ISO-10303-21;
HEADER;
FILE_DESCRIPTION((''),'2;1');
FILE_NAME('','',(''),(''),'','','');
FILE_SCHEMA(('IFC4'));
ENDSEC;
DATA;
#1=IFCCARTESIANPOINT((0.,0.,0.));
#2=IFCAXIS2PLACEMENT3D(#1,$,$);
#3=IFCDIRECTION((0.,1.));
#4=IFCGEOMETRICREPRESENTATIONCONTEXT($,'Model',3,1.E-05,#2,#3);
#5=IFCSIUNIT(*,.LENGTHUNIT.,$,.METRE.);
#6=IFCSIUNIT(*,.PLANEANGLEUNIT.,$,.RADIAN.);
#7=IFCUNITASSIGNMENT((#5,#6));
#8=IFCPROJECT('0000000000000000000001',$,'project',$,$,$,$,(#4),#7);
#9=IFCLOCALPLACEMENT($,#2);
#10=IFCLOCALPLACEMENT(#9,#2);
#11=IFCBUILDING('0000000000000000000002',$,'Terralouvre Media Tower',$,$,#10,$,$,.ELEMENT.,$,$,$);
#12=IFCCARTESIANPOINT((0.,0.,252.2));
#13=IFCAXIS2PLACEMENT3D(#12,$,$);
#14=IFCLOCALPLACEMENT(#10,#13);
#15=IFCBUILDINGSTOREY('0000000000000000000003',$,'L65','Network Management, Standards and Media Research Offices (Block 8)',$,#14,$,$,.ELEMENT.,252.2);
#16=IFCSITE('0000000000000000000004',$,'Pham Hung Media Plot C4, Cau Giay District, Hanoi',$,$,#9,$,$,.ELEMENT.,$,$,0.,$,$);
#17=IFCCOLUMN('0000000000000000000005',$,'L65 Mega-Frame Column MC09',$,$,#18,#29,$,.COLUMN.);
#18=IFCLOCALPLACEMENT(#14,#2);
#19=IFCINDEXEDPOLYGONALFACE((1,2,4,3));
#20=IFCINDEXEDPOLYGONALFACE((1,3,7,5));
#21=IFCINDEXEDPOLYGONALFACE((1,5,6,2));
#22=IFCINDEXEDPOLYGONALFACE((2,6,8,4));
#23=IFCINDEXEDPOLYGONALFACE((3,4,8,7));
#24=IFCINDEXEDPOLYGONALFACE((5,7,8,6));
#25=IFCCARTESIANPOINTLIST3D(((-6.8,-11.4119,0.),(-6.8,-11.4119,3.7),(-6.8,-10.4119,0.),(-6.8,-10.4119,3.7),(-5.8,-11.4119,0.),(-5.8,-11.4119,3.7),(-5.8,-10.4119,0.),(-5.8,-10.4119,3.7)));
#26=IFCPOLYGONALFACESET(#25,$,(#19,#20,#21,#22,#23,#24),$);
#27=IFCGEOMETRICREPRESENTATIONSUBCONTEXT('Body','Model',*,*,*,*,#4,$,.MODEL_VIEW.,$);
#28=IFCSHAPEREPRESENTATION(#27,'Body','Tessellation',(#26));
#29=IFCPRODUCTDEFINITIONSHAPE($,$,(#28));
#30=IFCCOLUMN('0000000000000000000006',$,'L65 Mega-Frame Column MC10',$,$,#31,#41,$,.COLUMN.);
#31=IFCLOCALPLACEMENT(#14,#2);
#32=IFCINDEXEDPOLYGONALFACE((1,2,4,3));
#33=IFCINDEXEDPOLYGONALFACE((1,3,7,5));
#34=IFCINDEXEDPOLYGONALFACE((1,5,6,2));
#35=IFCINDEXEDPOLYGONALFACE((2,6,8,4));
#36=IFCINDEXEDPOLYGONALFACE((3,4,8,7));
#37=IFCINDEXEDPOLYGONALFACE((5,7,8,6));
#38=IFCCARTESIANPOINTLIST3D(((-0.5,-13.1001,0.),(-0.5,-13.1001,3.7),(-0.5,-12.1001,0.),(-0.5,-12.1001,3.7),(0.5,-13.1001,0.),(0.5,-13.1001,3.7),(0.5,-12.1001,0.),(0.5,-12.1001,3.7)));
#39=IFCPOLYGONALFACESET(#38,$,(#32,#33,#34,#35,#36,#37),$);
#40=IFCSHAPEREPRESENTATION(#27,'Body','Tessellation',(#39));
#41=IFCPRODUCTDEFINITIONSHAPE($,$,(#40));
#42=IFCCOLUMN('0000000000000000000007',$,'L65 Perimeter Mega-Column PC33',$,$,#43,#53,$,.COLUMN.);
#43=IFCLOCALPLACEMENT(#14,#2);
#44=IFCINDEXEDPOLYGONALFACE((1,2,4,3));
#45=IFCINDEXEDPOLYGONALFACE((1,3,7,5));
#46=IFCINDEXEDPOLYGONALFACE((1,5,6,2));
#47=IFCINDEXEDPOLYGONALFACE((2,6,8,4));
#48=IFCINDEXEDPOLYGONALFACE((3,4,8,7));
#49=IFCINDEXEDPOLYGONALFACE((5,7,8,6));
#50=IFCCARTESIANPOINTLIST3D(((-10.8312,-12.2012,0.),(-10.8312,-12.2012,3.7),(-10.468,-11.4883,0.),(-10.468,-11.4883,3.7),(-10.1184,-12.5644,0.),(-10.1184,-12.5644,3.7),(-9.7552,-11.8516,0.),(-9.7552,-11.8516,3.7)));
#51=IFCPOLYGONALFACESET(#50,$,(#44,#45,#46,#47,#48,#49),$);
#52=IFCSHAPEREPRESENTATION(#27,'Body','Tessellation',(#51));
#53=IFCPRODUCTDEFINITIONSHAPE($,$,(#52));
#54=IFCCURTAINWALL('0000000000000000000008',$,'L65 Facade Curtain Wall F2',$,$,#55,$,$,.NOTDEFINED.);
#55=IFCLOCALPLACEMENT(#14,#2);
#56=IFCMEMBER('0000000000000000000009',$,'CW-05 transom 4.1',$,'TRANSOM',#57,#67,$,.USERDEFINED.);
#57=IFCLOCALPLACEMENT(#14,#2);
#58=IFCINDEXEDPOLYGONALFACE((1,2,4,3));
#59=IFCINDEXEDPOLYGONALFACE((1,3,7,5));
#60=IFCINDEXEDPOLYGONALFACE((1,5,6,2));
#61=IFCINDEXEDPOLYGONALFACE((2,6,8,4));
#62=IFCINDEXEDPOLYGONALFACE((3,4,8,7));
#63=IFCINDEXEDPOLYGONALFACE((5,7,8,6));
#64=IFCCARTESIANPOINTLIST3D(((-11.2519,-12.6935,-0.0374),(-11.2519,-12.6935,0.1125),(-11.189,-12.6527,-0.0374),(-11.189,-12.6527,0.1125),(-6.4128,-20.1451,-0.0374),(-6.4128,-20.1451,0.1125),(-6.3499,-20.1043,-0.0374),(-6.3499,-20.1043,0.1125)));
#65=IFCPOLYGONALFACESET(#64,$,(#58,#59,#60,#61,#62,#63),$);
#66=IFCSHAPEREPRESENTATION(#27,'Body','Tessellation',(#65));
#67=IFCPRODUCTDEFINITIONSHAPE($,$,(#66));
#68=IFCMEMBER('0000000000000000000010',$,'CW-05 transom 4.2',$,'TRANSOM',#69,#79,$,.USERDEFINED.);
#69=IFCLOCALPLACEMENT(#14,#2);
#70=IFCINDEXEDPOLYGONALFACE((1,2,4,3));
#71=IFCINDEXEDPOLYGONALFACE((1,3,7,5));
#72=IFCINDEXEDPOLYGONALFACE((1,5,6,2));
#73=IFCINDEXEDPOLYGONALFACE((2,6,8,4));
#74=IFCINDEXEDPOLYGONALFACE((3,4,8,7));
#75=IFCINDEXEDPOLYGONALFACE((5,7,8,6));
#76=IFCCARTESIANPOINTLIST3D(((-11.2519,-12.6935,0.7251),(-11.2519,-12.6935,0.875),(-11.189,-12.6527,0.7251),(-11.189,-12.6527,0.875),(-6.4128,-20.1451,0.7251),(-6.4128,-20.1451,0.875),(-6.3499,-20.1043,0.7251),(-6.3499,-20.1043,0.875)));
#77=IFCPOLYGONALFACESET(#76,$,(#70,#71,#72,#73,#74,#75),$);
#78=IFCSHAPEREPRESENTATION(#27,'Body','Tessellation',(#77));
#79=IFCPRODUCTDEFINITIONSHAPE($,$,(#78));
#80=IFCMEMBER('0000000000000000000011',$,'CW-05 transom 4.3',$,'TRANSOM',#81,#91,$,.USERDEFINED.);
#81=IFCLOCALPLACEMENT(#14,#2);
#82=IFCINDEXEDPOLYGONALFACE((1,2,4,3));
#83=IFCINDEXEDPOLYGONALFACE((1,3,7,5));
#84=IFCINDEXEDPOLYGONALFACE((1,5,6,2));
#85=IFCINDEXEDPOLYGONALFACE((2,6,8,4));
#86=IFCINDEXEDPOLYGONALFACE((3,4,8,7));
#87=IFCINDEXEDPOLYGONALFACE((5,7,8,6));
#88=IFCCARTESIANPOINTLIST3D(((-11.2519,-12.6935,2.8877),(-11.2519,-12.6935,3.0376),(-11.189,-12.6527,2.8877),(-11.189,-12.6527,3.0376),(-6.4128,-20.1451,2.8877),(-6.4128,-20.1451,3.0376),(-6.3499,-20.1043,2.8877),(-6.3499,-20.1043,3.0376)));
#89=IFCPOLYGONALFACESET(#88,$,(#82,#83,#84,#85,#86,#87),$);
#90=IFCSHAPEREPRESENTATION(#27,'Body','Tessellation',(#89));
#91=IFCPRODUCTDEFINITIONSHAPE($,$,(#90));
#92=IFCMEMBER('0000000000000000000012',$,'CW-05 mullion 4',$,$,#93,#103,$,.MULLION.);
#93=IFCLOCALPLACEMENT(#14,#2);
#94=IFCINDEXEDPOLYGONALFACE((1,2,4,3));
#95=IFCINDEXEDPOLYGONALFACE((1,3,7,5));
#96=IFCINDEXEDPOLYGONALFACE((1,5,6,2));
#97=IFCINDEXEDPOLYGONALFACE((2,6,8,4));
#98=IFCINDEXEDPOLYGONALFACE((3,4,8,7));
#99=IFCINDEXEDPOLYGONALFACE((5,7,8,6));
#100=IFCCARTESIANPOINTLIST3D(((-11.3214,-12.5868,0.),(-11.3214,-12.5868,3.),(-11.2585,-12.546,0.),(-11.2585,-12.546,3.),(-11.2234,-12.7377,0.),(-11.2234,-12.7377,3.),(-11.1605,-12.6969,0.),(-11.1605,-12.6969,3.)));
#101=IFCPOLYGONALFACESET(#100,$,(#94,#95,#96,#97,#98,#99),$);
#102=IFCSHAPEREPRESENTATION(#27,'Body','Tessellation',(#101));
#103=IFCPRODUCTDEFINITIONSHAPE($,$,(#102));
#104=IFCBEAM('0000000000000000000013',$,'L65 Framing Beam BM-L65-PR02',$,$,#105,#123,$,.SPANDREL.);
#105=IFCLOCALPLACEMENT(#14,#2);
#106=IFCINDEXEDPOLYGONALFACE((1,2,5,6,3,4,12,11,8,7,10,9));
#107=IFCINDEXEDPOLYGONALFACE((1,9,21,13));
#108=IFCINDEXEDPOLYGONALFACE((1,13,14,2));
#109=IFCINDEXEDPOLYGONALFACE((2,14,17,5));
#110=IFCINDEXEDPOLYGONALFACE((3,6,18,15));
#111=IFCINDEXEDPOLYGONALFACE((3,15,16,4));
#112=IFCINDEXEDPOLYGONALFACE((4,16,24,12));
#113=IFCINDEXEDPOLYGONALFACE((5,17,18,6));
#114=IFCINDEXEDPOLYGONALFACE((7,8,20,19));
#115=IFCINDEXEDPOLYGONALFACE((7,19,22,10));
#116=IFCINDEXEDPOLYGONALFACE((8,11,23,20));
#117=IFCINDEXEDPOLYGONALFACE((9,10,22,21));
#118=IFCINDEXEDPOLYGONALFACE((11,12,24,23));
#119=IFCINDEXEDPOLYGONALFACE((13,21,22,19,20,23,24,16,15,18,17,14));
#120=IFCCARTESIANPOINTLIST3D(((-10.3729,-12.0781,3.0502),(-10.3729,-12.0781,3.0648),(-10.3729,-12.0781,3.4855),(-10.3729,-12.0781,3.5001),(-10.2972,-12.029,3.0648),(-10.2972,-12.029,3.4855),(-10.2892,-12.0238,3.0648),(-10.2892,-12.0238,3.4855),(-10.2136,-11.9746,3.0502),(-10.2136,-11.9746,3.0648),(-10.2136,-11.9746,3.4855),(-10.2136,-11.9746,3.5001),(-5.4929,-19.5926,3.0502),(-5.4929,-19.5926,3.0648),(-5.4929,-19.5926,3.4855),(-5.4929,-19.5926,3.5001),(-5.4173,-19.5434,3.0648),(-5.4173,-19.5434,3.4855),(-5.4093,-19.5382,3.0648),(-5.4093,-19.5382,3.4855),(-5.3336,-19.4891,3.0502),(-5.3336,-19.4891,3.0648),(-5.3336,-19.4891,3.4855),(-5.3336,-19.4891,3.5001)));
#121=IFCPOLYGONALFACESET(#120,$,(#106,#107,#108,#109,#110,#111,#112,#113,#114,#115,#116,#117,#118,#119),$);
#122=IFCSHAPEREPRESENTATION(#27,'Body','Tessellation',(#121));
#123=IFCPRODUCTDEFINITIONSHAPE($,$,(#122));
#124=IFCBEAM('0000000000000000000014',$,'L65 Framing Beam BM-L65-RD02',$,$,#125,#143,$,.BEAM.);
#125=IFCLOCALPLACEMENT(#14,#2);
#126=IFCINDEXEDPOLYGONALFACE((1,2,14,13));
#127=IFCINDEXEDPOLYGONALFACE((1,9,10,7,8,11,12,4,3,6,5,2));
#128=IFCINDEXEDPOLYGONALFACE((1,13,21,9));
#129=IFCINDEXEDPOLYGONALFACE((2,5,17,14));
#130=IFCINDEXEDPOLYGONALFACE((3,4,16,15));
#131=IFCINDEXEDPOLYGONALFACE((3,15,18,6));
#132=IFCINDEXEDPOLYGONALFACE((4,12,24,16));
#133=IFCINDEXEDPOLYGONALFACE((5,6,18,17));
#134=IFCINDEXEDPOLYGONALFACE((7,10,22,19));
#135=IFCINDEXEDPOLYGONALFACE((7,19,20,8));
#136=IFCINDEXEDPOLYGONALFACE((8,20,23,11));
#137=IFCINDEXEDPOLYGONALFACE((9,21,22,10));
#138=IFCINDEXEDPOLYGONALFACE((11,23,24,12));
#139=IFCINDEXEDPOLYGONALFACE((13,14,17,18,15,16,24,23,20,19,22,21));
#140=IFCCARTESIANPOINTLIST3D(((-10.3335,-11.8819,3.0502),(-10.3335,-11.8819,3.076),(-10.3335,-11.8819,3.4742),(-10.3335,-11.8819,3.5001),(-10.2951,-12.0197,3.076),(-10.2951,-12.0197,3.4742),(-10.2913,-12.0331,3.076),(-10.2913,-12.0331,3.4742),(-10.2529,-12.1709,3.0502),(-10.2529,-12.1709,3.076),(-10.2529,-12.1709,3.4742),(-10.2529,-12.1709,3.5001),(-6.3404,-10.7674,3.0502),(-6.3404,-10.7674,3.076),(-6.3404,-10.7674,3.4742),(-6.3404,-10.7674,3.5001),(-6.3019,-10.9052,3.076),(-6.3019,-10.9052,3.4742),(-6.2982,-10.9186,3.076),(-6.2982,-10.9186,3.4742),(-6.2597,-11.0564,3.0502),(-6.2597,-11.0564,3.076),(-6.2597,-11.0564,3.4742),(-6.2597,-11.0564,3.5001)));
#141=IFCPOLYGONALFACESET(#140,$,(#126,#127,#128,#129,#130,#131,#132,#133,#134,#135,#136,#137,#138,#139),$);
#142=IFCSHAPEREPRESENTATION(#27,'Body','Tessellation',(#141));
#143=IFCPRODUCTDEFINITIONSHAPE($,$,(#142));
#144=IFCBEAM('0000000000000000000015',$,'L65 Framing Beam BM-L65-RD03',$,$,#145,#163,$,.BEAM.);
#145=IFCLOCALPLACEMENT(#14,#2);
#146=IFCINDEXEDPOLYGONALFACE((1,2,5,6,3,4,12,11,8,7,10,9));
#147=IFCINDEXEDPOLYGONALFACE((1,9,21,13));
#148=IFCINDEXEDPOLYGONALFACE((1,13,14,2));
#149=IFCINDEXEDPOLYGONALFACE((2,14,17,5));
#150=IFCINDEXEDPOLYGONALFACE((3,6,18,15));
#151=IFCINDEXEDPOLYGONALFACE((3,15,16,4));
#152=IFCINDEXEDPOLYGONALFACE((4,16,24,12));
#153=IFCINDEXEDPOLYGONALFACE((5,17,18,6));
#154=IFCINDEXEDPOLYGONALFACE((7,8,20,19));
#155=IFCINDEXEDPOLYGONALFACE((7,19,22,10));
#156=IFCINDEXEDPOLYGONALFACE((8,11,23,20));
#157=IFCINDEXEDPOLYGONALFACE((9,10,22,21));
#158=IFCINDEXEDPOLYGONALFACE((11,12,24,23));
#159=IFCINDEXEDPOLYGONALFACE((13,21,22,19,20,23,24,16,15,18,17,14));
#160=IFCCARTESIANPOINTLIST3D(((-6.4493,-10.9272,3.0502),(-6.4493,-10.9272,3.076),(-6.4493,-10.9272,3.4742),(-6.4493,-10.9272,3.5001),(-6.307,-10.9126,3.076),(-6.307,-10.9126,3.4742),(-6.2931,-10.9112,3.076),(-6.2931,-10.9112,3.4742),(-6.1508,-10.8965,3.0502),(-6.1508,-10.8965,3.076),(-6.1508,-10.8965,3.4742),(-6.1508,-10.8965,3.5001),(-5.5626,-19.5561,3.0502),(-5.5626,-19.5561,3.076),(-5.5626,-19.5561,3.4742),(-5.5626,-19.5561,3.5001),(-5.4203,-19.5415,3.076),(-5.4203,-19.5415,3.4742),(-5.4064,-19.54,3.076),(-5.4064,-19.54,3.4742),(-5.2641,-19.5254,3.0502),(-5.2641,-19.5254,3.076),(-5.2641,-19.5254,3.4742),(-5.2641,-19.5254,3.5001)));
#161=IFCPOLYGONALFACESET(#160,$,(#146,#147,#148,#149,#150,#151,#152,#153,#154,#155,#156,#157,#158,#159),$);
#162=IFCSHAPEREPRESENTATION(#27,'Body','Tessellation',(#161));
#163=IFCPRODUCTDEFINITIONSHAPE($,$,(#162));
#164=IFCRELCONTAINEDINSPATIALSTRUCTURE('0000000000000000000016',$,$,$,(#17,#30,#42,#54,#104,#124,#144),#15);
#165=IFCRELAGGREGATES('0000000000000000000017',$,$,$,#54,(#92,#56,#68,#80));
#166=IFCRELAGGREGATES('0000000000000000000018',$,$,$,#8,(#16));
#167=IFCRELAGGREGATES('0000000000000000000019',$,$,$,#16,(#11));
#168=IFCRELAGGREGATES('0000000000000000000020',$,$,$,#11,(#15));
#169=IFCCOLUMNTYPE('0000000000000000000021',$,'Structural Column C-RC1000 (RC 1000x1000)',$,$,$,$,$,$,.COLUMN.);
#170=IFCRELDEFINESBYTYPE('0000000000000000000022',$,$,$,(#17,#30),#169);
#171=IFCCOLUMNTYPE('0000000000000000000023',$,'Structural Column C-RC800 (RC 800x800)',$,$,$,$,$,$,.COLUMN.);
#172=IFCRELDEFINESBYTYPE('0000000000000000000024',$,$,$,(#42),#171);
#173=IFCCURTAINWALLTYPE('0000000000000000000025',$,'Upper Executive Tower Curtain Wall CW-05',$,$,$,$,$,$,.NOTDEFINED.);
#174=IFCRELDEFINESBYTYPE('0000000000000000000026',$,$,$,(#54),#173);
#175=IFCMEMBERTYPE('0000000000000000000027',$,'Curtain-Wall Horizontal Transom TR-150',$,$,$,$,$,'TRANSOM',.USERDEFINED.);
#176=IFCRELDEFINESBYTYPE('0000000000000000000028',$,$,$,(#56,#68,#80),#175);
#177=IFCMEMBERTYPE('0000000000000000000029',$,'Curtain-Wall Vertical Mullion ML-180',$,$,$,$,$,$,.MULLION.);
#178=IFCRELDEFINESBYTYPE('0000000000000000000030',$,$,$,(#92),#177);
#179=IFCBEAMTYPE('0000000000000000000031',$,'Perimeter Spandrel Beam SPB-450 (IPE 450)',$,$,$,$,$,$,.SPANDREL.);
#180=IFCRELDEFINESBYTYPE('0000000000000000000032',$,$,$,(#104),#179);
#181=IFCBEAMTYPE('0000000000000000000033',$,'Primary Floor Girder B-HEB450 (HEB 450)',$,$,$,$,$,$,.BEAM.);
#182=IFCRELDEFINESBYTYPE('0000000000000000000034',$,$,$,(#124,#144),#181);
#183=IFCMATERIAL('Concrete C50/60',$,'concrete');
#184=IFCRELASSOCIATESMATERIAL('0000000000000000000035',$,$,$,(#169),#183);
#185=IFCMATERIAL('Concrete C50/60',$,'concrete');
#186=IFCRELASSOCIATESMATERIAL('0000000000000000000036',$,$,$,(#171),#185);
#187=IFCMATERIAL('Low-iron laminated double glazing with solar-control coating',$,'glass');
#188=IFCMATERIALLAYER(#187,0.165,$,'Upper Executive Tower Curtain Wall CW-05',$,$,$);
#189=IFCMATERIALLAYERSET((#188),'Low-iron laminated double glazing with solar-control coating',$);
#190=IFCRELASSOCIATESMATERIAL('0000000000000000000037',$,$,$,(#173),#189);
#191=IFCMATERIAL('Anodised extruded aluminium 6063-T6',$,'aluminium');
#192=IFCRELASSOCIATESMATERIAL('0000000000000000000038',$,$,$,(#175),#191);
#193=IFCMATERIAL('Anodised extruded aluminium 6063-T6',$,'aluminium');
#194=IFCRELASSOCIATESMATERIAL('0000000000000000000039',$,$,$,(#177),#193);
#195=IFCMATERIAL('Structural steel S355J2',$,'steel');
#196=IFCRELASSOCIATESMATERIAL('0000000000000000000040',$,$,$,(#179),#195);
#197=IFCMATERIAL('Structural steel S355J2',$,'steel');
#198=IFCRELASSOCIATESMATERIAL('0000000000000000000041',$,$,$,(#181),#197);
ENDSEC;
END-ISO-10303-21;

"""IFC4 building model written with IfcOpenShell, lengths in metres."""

from ifc_helpers import new_model, si_unit, direction, frame, origin, origin_2d, place, context, subcontext, project, spatial, rectangle, i_section, extrude, material, layer, layer_set, material_profile, profile_set, type_object, element, aggregate, save


model = new_model("IFC4")

# Units and contexts
model_context = context("Model", 3, precision=1e-05, world=origin(), true_north=direction((0.0, 1.0)))
body_context = subcontext(model_context, "Body", "Model", "MODEL_VIEW")
ifc_project = project(units=[si_unit("LENGTHUNIT", "METRE"), si_unit("PLANEANGLEUNIT", "RADIAN")], contexts=[model_context])

# Site, building, storey
site_placement = place(None, origin())
site = spatial("IfcSite", under=ifc_project, at=site_placement, Name="Pham Hung Media Plot C4, Cau Giay District, Hanoi", CompositionType="ELEMENT", RefElevation=0.0)
building_placement = place(site_placement, origin())
building = spatial("IfcBuilding", under=site, at=building_placement, Name="Terralouvre Media Tower", CompositionType="ELEMENT")
storey_placement = place(building_placement, frame((0.0, 0.0, 252.2)))
storey = spatial("IfcBuildingStorey", under=building, at=storey_placement, Name="L65", Description="Network Management, Standards and Media Research Offices (Block 8)", CompositionType="ELEMENT", Elevation=252.2)

# Columns
ifc_material_1 = material(Name="Concrete C50/60", Category="concrete")
ifc_material_profile_1 = material_profile(ifc_material_1, rectangle(XDim=1.0, YDim=1.0, at=origin_2d()), Name="RC 1000x1000")
ifc_profile_set_1 = profile_set([ifc_material_profile_1], Name="Concrete C50/60")
column_type_1 = type_object("IfcColumnType", Name="Structural Column C-RC1000 (RC 1000x1000)", PredefinedType="COLUMN", material=ifc_profile_set_1)
for number, where, z_axis, x_axis, name in (
    (1, (-6.3, -10.9119, 0.0), (0.0, 0.0, 1.0), (1.0, 0.0, 0.0), "L65 Mega-Frame Column MC09"),
    (2, (0.0, -12.6001, 0.0), (0.0, 0.0, 1.0), (1.0, 0.0, 0.0), "L65 Mega-Frame Column MC10"),
):
    element("IfcColumn", number, at=place(storey_placement, frame(where, z_axis=z_axis, x_axis=x_axis)), inside=storey, type_object=column_type_1, Name=name, PredefinedType="COLUMN", context=body_context, shape_type="SweptSolid", body=[
        extrude(rectangle(XDim=1.0, YDim=1.0, at=origin_2d()), origin(), (0.0, 0.0, 1.0), 3.7),
    ])
ifc_material_2 = material(Name="Concrete C50/60", Category="concrete")
ifc_material_profile_2 = material_profile(ifc_material_2, rectangle(XDim=0.8, YDim=0.8, at=origin_2d()), Name="RC 800x800")
ifc_profile_set_2 = profile_set([ifc_material_profile_2], Name="Concrete C50/60")
column_type_2 = type_object("IfcColumnType", Name="Structural Column C-RC800 (RC 800x800)", PredefinedType="COLUMN", material=ifc_profile_set_2)
column_placement = place(storey_placement, frame((-10.2932, -12.0264, 0.0), z_axis=(0.0, 0.0, 1.0), x_axis=(0.45399, 0.891007, 0.0)))
element("IfcColumn", 3, at=column_placement, inside=storey, type_object=column_type_2, Name="L65 Perimeter Mega-Column PC33", PredefinedType="COLUMN", context=body_context, shape_type="SweptSolid", body=[
    extrude(rectangle(XDim=0.8, YDim=0.8, at=origin_2d()), origin(), (0.0, 0.0, 1.0), 3.7),
])

# Curtain wall, members
ifc_material_3 = material(Name="Low-iron laminated double glazing with solar-control coating", Category="glass")
ifc_layer_1 = layer(ifc_material_3, 0.165, Name="Upper Executive Tower Curtain Wall CW-05")
ifc_layer_set_1 = layer_set([ifc_layer_1], Name="Low-iron laminated double glazing with solar-control coating")
curtain_wall_type = type_object("IfcCurtainWallType", Name="Upper Executive Tower Curtain Wall CW-05", PredefinedType="NOTDEFINED", material=ifc_layer_set_1)
curtain_wall_placement = place(storey_placement, origin())
curtain_wall = element("IfcCurtainWall", 4, at=curtain_wall_placement, inside=storey, type_object=curtain_wall_type, Name="L65 Facade Curtain Wall F2", PredefinedType="NOTDEFINED")
ifc_material_4 = material(Name="Anodised extruded aluminium 6063-T6", Category="aluminium")
ifc_material_profile_3 = material_profile(ifc_material_4, rectangle(XDim=0.075, YDim=0.1499, at=origin_2d()), Name="ALU 75x150")
ifc_profile_set_3 = profile_set([ifc_material_profile_3], Name="Anodised extruded aluminium 6063-T6")
member_type_1 = type_object("IfcMemberType", Name="Curtain-Wall Horizontal Transom TR-150", ElementType="TRANSOM", PredefinedType="USERDEFINED", material=ifc_profile_set_3)
member_1_placement = place(storey_placement, frame((-11.2205, -12.6731, 0.0376), z_axis=(0.544635, -0.838673, 0.0), x_axis=(0.838673, 0.544635, 0.0)))
member_1 = element("IfcMember", 5, at=member_1_placement, type_object=member_type_1, Name="CW-05 transom 4.1", ObjectType="TRANSOM", PredefinedType="USERDEFINED", context=body_context, shape_type="SweptSolid", body=[
    extrude(rectangle(XDim=0.075, YDim=0.1499, at=origin_2d()), origin(), (0.0, 0.0, 1.0), 8.885),
])
member_2_placement = place(storey_placement, frame((-11.2205, -12.6731, 0.8), z_axis=(0.544635, -0.838673, 0.0), x_axis=(0.838673, 0.544635, 0.0)))
member_2 = element("IfcMember", 6, at=member_2_placement, type_object=member_type_1, Name="CW-05 transom 4.2", ObjectType="TRANSOM", PredefinedType="USERDEFINED", context=body_context, shape_type="SweptSolid", body=[
    extrude(rectangle(XDim=0.075, YDim=0.1499, at=origin_2d()), origin(), (0.0, 0.0, 1.0), 8.885),
])
member_3_placement = place(storey_placement, frame((-11.2205, -12.6731, 2.9626), z_axis=(0.544635, -0.838673, 0.0), x_axis=(0.838673, 0.544635, 0.0)))
member_3 = element("IfcMember", 7, at=member_3_placement, type_object=member_type_1, Name="CW-05 transom 4.3", ObjectType="TRANSOM", PredefinedType="USERDEFINED", context=body_context, shape_type="SweptSolid", body=[
    extrude(rectangle(XDim=0.075, YDim=0.1499, at=origin_2d()), origin(), (0.0, 0.0, 1.0), 8.885),
])
ifc_material_5 = material(Name="Anodised extruded aluminium 6063-T6", Category="aluminium")
ifc_material_profile_4 = material_profile(ifc_material_5, rectangle(XDim=0.075, YDim=0.1799, at=origin_2d()), Name="ALU 75x180")
ifc_profile_set_4 = profile_set([ifc_material_profile_4], Name="Anodised extruded aluminium 6063-T6")
member_type_2 = type_object("IfcMemberType", Name="Curtain-Wall Vertical Mullion ML-180", PredefinedType="MULLION", material=ifc_profile_set_4)
member_4_placement = place(storey_placement, frame((-11.241, -12.6418, 0.0), z_axis=(0.0, 0.0, 1.0), x_axis=(0.838671, 0.544639, 0.0)))
member_4 = element("IfcMember", 8, at=member_4_placement, type_object=member_type_2, Name="CW-05 mullion 4", PredefinedType="MULLION", context=body_context, shape_type="SweptSolid", body=[
    extrude(rectangle(XDim=0.075, YDim=0.1799, at=origin_2d()), origin(), (0.0, 0.0, 1.0), 3.0),
])
aggregate(curtain_wall, [member_4, member_1, member_2, member_3])

# Beams
ifc_material_6 = material(Name="Structural steel S355J2", Category="steel")
ifc_material_profile_5 = material_profile(ifc_material_6, i_section(OverallWidth=0.1899, OverallDepth=0.45, WebThickness=0.0095, FlangeThickness=0.0146, at=origin_2d()), Name="IPE 450")
ifc_profile_set_5 = profile_set([ifc_material_profile_5], Name="Structural steel S355J2")
beam_type_1 = type_object("IfcBeamType", Name="Perimeter Spandrel Beam SPB-450 (IPE 450)", PredefinedType="SPANDREL", material=ifc_profile_set_5)
beam_1_placement = place(storey_placement, frame((-10.2932, -12.0264, 3.2751), z_axis=(0.544637, -0.838672, 0.0), x_axis=(0.838672, 0.544637, 0.0)))
element("IfcBeam", 9, at=beam_1_placement, inside=storey, type_object=beam_type_1, Name="L65 Framing Beam BM-L65-PR02", PredefinedType="SPANDREL", context=body_context, shape_type="SweptSolid", body=[
    extrude(i_section(OverallWidth=0.1899, OverallDepth=0.45, WebThickness=0.0095, FlangeThickness=0.0146, at=origin_2d()), origin(), (0.0, 0.0, 1.0), 8.96),
])
ifc_material_7 = material(Name="Structural steel S355J2", Category="steel")
ifc_material_profile_6 = material_profile(ifc_material_7, i_section(OverallWidth=0.3, OverallDepth=0.45, WebThickness=0.0139, FlangeThickness=0.0259, at=origin_2d()), Name="HEB 450")
ifc_profile_set_6 = profile_set([ifc_material_profile_6], Name="Structural steel S355J2")
beam_type_2 = type_object("IfcBeamType", Name="Primary Floor Girder B-HEB450 (HEB 450)", PredefinedType="BEAM", material=ifc_profile_set_6)
beam_2_placement = place(storey_placement, frame((-6.3, -10.9119, 3.2751), z_axis=(-0.963188, -0.268828, 0.0), x_axis=(0.268828, -0.963188, 0.0)))
element("IfcBeam", 10, at=beam_2_placement, inside=storey, type_object=beam_type_2, Name="L65 Framing Beam BM-L65-RD02", PredefinedType="BEAM", context=body_context, shape_type="SweptSolid", body=[
    extrude(i_section(OverallWidth=0.3, OverallDepth=0.45, WebThickness=0.0139, FlangeThickness=0.0259, at=origin_2d()), origin(), (0.0, 0.0, 1.0), 4.1458),
])
beam_3_placement = place(storey_placement, frame((-6.3, -10.9119, 3.2751), z_axis=(0.102223, -0.994761, 0.0), x_axis=(0.994761, 0.102223, 0.0)))
element("IfcBeam", 11, at=beam_3_placement, inside=storey, type_object=beam_type_2, Name="L65 Framing Beam BM-L65-RD03", PredefinedType="BEAM", context=body_context, shape_type="SweptSolid", body=[
    extrude(i_section(OverallWidth=0.3, OverallDepth=0.45, WebThickness=0.0139, FlangeThickness=0.0259, at=origin_2d()), origin(), (0.0, 0.0, 1.0), 8.6743),
])

save(model, "model.ifc")
